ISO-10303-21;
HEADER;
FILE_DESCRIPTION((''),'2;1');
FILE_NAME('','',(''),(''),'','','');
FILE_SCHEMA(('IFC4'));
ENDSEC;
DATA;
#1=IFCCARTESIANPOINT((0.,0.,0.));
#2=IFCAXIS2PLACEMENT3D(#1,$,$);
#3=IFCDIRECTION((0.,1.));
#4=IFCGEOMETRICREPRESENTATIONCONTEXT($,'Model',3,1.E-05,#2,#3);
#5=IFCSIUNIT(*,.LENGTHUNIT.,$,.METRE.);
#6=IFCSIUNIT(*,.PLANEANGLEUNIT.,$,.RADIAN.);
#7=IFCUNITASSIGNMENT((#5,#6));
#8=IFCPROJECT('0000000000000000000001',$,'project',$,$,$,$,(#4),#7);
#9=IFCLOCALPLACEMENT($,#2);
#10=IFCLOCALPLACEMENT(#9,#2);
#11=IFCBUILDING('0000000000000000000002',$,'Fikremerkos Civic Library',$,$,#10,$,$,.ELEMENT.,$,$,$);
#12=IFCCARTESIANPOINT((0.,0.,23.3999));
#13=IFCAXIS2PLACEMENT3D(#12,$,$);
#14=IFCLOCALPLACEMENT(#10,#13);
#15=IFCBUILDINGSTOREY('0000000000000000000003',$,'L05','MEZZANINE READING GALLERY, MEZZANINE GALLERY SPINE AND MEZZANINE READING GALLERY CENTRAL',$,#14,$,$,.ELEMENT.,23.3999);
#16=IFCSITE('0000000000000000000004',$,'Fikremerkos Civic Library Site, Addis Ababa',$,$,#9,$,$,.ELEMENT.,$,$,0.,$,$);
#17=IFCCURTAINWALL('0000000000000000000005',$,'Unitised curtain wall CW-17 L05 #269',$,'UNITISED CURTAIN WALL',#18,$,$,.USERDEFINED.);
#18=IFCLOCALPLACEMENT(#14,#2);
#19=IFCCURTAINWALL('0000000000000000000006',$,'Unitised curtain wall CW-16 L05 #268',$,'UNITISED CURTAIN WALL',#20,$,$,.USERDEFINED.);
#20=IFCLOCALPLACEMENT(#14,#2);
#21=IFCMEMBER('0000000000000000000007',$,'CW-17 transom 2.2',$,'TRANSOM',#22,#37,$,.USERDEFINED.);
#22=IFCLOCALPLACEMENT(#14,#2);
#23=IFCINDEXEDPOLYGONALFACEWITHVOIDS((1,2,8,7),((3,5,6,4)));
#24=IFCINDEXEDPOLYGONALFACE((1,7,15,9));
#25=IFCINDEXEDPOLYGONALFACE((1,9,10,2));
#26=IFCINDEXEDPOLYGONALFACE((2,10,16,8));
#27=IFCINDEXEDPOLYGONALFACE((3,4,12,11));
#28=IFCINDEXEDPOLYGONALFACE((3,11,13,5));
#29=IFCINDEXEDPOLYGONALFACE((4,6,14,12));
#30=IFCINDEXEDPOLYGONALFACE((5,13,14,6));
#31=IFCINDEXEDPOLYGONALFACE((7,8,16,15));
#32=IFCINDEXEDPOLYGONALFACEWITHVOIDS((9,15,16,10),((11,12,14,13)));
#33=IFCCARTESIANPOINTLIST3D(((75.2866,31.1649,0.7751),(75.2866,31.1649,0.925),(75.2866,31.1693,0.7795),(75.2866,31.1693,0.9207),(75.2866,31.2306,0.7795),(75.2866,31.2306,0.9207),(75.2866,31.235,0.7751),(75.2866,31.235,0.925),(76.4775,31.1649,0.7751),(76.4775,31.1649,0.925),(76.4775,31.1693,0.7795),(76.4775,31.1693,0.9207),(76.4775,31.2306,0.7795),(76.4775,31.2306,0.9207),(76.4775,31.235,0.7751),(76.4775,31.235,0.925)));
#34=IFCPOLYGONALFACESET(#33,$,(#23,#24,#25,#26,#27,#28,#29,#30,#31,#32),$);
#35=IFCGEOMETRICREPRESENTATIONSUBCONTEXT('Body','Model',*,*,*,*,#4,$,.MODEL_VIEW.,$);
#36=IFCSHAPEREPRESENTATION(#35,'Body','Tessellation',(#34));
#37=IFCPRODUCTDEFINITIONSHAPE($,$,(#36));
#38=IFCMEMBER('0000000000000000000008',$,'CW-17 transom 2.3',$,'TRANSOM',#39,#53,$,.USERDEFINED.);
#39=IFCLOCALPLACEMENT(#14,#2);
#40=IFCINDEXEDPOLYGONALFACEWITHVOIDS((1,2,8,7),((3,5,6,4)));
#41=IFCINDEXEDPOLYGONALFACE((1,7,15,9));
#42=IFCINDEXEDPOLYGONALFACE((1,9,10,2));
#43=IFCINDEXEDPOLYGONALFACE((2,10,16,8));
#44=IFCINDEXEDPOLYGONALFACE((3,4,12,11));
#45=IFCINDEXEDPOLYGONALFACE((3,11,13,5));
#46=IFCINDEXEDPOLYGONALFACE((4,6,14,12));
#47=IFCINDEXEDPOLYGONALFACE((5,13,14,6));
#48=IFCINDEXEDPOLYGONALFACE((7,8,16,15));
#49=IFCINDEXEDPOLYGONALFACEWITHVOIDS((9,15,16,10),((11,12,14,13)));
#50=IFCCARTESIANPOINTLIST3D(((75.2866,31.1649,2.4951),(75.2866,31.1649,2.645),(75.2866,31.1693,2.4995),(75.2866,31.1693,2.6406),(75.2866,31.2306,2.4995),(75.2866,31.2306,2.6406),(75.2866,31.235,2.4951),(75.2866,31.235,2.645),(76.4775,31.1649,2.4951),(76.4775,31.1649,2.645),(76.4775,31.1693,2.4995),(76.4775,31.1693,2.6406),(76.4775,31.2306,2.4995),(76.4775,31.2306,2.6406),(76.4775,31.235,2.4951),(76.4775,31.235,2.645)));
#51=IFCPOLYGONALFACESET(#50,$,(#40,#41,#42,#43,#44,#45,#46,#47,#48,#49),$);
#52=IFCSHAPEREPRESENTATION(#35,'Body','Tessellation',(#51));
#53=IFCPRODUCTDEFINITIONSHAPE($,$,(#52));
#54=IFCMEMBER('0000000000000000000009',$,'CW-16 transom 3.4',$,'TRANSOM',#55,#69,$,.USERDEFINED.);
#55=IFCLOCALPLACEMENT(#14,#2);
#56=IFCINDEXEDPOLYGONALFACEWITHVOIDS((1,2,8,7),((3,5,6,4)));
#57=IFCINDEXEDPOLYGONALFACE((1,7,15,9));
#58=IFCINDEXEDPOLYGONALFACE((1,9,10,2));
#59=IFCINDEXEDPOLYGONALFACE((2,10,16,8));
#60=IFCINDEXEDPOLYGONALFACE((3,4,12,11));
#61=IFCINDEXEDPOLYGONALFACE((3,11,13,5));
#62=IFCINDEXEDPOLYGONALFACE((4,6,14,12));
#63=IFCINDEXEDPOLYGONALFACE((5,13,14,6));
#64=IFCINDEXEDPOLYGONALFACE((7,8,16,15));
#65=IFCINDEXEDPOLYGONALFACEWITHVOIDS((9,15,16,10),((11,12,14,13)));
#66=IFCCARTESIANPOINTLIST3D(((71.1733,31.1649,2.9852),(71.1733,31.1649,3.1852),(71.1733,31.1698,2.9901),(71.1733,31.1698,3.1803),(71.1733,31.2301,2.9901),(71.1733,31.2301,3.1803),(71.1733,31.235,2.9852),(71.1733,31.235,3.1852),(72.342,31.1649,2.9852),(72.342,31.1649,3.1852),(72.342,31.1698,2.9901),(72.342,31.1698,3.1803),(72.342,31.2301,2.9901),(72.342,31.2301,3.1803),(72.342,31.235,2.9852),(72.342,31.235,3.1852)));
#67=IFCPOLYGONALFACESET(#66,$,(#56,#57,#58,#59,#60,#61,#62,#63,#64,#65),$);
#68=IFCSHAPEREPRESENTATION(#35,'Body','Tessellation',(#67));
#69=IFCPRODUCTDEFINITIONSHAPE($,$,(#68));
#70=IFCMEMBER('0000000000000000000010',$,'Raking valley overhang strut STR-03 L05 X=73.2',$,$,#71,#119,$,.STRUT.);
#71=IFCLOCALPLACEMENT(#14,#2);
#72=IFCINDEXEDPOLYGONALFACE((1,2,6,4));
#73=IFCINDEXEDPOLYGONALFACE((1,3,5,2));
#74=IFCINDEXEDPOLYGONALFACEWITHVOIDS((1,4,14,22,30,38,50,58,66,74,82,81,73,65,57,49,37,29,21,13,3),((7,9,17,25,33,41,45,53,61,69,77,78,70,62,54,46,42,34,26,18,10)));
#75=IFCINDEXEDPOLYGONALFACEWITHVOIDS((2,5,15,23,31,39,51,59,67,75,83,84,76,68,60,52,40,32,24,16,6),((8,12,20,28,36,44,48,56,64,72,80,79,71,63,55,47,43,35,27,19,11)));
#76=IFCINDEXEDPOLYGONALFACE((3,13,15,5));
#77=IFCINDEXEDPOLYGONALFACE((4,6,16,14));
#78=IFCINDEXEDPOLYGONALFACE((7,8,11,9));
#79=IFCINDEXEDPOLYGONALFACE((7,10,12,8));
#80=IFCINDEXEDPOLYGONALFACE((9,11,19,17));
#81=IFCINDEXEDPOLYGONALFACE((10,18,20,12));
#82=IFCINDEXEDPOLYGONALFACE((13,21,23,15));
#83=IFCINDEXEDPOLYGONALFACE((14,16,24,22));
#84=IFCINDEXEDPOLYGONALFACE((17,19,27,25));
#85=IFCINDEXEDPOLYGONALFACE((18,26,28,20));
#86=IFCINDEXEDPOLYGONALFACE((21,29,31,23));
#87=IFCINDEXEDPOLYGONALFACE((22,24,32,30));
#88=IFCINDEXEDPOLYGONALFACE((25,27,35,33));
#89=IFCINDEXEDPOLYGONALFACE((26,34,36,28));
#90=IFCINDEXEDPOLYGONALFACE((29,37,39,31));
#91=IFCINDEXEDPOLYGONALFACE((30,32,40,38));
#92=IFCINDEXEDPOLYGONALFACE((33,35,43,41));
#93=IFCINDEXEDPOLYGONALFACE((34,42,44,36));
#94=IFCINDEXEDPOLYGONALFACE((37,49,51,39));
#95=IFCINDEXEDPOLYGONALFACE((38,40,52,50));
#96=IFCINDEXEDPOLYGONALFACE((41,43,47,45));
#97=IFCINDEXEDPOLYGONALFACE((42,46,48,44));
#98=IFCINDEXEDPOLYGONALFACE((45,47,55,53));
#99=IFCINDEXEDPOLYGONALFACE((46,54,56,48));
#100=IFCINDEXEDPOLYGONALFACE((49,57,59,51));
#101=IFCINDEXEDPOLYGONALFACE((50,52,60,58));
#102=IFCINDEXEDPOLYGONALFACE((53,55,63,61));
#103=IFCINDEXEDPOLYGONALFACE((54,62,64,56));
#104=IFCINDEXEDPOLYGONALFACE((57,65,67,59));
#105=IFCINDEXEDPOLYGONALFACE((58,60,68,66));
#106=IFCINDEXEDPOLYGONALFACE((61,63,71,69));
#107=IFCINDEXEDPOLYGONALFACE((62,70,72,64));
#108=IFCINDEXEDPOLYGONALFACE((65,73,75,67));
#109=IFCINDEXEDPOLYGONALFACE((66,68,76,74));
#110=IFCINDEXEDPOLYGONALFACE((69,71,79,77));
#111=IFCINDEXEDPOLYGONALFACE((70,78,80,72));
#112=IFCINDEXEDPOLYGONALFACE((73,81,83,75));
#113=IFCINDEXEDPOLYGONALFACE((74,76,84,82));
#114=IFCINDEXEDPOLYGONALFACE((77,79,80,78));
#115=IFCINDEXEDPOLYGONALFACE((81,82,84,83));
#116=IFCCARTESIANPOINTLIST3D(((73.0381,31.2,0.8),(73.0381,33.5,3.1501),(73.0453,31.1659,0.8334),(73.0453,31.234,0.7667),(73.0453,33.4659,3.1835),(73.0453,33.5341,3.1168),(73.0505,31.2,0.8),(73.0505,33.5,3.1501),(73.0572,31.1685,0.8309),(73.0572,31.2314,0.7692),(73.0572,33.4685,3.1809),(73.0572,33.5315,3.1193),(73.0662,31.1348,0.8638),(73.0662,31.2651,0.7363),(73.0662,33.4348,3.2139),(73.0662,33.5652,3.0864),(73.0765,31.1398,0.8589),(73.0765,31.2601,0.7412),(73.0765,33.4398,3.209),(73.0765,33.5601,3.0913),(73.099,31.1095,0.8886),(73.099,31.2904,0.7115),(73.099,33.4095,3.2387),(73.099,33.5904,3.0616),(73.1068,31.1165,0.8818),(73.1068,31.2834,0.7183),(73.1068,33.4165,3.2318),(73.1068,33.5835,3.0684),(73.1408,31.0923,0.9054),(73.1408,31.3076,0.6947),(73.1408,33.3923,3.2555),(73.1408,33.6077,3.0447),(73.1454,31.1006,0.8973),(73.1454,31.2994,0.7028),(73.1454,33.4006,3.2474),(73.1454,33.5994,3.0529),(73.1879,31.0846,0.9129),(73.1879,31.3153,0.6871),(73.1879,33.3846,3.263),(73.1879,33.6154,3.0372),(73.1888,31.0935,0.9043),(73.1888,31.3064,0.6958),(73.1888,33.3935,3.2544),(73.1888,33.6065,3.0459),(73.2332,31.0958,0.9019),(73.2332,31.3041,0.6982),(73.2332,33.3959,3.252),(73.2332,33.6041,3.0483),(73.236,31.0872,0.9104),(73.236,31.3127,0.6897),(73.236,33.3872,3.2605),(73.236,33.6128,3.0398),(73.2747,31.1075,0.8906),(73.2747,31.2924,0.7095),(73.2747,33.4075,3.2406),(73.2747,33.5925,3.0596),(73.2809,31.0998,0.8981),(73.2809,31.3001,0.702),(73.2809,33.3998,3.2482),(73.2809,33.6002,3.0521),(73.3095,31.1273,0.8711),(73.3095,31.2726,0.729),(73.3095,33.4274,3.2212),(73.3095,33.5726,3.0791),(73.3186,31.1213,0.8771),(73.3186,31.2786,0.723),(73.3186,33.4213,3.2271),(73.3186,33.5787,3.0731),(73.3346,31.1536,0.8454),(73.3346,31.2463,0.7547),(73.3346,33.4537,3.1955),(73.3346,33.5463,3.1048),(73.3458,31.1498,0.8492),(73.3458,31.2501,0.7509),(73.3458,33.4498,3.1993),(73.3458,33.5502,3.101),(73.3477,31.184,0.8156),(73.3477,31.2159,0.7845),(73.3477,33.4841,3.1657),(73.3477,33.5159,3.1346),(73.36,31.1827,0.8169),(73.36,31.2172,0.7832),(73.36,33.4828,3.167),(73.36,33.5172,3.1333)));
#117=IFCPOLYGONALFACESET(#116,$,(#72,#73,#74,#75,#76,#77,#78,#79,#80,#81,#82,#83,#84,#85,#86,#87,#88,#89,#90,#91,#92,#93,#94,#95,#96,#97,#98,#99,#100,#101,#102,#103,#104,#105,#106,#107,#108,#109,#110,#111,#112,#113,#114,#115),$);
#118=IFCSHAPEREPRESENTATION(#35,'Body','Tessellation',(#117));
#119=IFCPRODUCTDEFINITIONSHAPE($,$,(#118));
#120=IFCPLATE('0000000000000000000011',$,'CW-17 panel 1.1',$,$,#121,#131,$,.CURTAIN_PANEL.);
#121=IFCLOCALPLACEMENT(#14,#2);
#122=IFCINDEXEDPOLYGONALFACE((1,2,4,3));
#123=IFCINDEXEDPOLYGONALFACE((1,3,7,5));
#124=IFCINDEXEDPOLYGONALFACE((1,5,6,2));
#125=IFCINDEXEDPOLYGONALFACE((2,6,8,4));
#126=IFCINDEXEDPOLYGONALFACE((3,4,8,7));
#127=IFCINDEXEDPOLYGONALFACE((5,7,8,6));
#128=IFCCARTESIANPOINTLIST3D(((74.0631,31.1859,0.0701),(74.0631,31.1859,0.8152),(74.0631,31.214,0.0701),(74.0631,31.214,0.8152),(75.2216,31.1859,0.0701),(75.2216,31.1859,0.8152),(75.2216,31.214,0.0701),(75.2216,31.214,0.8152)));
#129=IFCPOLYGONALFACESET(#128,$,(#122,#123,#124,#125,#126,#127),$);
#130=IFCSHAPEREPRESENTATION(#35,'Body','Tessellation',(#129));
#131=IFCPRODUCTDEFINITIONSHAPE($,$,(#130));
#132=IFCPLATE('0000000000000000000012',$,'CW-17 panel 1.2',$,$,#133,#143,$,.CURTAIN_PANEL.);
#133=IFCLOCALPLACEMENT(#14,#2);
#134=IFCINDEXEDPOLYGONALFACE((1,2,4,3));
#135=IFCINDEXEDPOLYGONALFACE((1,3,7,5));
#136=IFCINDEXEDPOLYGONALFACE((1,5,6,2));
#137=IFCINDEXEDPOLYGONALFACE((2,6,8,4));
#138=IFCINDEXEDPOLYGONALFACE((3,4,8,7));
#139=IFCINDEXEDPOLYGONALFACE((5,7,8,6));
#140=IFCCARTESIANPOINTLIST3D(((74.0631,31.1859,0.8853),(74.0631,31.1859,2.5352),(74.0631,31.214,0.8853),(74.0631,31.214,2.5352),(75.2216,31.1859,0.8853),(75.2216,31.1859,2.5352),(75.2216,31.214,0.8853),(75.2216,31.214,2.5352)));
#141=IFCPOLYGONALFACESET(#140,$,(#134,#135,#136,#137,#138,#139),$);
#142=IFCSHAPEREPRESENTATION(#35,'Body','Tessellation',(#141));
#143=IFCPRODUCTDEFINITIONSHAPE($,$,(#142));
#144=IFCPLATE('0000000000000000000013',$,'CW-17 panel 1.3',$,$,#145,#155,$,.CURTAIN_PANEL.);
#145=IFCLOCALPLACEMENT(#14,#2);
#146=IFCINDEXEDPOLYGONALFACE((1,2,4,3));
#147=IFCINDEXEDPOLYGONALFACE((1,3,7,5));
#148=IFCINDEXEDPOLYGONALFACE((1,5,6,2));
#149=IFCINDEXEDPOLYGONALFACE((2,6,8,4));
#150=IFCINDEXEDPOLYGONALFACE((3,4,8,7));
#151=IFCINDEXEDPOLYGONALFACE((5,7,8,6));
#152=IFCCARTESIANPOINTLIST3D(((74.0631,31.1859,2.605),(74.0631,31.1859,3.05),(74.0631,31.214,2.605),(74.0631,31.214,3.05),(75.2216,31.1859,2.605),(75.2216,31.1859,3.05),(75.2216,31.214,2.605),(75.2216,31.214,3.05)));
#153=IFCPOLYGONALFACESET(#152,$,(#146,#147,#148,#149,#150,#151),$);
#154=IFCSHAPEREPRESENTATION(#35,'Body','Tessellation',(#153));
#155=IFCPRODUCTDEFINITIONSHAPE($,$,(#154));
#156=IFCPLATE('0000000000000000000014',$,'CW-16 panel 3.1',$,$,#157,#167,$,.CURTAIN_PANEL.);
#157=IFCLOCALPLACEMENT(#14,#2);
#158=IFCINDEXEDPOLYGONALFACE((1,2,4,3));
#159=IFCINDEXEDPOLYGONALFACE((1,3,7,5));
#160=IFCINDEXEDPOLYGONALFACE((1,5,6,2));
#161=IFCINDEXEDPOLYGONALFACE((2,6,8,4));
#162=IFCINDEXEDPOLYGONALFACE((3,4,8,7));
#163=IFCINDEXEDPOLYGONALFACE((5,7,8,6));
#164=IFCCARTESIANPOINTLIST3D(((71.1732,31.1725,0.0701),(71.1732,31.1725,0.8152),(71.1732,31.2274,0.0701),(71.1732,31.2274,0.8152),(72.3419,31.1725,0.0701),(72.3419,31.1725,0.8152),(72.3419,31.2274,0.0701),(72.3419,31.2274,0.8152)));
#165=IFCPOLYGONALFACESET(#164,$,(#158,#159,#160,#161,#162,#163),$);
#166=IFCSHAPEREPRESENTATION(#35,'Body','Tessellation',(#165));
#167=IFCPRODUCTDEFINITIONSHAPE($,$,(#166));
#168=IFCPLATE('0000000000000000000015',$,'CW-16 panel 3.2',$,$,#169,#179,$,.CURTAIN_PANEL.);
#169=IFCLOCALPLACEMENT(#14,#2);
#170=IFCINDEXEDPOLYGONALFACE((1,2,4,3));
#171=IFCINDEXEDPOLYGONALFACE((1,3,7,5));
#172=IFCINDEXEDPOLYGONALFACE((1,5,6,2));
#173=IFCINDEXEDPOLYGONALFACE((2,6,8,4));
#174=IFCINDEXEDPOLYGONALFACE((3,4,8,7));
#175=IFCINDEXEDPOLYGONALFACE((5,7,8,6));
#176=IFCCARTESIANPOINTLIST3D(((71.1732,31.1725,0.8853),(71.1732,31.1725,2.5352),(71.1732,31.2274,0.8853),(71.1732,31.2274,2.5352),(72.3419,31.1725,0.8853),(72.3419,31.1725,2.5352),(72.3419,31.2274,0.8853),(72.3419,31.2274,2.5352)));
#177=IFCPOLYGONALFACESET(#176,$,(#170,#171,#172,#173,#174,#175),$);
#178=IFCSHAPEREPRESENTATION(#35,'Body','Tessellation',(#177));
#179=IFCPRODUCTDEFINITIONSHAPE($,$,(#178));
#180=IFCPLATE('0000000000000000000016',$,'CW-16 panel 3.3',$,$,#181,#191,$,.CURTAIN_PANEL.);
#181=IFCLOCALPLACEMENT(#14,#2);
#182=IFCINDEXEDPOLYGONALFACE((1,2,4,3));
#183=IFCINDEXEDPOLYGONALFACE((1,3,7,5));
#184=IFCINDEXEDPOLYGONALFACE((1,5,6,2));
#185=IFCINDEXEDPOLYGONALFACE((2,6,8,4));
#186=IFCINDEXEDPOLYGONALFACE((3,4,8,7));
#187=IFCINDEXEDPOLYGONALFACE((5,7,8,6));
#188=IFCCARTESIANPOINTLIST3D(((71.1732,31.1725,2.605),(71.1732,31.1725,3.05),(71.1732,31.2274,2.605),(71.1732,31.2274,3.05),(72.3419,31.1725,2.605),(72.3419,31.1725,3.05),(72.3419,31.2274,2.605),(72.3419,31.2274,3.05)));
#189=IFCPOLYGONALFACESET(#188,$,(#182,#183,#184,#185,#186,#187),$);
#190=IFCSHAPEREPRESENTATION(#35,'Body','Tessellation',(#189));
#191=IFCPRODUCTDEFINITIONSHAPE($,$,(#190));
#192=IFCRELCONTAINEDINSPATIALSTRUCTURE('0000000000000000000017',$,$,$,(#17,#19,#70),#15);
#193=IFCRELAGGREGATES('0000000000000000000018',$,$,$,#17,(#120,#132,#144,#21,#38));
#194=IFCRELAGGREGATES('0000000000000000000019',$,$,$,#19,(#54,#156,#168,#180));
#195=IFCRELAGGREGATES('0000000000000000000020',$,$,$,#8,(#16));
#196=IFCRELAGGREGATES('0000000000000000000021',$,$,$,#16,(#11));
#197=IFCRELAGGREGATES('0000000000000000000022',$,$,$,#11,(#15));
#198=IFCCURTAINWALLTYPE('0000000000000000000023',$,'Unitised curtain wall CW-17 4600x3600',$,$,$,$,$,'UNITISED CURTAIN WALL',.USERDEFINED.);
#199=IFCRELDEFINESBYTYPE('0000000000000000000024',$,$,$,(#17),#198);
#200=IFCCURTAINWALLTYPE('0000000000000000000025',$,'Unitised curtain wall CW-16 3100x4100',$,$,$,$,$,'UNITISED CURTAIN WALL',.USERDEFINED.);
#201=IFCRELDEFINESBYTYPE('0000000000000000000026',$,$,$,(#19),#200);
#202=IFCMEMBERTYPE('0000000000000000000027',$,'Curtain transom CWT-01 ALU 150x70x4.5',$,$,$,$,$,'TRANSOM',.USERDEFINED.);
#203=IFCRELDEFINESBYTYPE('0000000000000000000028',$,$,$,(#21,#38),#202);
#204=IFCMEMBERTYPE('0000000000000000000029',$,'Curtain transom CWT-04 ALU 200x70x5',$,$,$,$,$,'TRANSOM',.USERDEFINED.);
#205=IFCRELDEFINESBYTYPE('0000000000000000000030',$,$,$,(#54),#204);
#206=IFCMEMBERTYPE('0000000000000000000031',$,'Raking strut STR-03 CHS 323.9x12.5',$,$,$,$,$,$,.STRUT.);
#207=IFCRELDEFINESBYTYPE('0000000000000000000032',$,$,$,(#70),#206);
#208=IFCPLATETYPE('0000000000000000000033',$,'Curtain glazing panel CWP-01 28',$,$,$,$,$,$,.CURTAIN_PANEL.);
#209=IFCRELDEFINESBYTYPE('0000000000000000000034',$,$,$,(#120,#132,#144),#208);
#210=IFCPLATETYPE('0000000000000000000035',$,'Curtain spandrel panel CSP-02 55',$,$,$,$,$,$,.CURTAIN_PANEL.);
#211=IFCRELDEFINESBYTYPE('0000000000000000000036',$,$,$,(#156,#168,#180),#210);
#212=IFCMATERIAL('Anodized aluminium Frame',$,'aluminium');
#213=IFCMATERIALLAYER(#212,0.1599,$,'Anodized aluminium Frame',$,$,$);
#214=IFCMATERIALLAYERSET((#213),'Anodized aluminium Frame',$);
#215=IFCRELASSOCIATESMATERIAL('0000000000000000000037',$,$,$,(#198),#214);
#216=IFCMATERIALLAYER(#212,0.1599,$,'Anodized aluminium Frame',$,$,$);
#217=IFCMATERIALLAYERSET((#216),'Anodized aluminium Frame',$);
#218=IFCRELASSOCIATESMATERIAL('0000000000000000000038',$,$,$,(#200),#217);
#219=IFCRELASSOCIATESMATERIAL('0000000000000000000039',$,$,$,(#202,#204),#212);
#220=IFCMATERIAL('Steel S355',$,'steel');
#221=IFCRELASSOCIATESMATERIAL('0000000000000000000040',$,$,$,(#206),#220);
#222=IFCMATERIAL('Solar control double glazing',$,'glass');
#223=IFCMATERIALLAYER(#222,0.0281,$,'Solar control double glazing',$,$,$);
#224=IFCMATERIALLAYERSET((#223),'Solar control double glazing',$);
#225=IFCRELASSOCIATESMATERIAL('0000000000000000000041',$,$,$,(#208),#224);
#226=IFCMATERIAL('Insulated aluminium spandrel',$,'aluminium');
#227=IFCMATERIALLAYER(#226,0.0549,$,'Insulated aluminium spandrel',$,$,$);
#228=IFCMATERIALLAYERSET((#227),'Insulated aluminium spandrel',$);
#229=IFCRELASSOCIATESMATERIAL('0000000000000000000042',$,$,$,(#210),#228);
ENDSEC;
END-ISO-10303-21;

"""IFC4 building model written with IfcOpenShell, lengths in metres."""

from ifc_helpers import new_model, si_unit, direction, frame, origin, origin_2d, place, context, subcontext, project, spatial, rectangle, hollow_rectangle, hollow_circle, extrude, material, layer, layer_set, material_profile, profile_set, type_object, element, aggregate, save


model = new_model("IFC4")

# Units and contexts
model_context = context("Model", 3, precision=1e-05, world=origin(), true_north=direction((0.0, 1.0)))
body_context = subcontext(model_context, "Body", "Model", "MODEL_VIEW")
ifc_project = project(units=[si_unit("LENGTHUNIT", "METRE"), si_unit("PLANEANGLEUNIT", "RADIAN")], contexts=[model_context])

# Site, building, storey
site_placement = place(None, origin())
site = spatial("IfcSite", under=ifc_project, at=site_placement, Name="Fikremerkos Civic Library Site, Addis Ababa", CompositionType="ELEMENT", RefElevation=0.0)
building_placement = place(site_placement, origin())
building = spatial("IfcBuilding", under=site, at=building_placement, Name="Fikremerkos Civic Library", CompositionType="ELEMENT")
storey_placement = place(building_placement, frame((0.0, 0.0, 23.3999)))
storey = spatial("IfcBuildingStorey", under=building, at=storey_placement, Name="L05", Description="MEZZANINE READING GALLERY, MEZZANINE GALLERY SPINE AND MEZZANINE READING GALLERY CENTRAL", CompositionType="ELEMENT", Elevation=23.3999)

# Curtain wall
ifc_material_1 = material(Name="Anodized aluminium Frame", Category="aluminium")
ifc_layer_1 = layer(ifc_material_1, 0.1599, Name="Anodized aluminium Frame")
ifc_layer_set_1 = layer_set([ifc_layer_1], Name="Anodized aluminium Frame")
curtain_wall_type_1 = type_object("IfcCurtainWallType", Name="Unitised curtain wall CW-17 4600x3600", ElementType="UNITISED CURTAIN WALL", PredefinedType="USERDEFINED", material=ifc_layer_set_1)
curtain_wall_1_placement = place(storey_placement, origin())
curtain_wall_1 = element("IfcCurtainWall", 1, at=curtain_wall_1_placement, inside=storey, type_object=curtain_wall_type_1, Name="Unitised curtain wall CW-17 L05 #269", ObjectType="UNITISED CURTAIN WALL", PredefinedType="USERDEFINED")

# Curtain wall
ifc_layer_2 = layer(ifc_material_1, 0.1599, Name="Anodized aluminium Frame")
ifc_layer_set_2 = layer_set([ifc_layer_2], Name="Anodized aluminium Frame")
curtain_wall_type_2 = type_object("IfcCurtainWallType", Name="Unitised curtain wall CW-16 3100x4100", ElementType="UNITISED CURTAIN WALL", PredefinedType="USERDEFINED", material=ifc_layer_set_2)
curtain_wall_2_placement = place(storey_placement, origin())
curtain_wall_2 = element("IfcCurtainWall", 2, at=curtain_wall_2_placement, inside=storey, type_object=curtain_wall_type_2, Name="Unitised curtain wall CW-16 L05 #268", ObjectType="UNITISED CURTAIN WALL", PredefinedType="USERDEFINED")

# Members
ifc_material_profile_1 = material_profile(ifc_material_1, hollow_rectangle(XDim=0.0701, YDim=0.1499, WallThickness=0.0044, at=origin_2d()), Name="ALU 150x70x4.5")
ifc_profile_set_1 = profile_set([ifc_material_profile_1], Name="Anodized aluminium Frame")
member_type_1 = type_object("IfcMemberType", Name="Curtain transom CWT-01 ALU 150x70x4.5", ElementType="TRANSOM", PredefinedType="USERDEFINED", material=ifc_profile_set_1)
member_1_placement = place(storey_placement, frame((75.2866, 31.2, 0.8501), z_axis=(1.0, 0.0, 0.0), x_axis=(0.0, 1.0, 0.0)))
member_1 = element("IfcMember", 3, at=member_1_placement, type_object=member_type_1, Name="CW-17 transom 2.2", ObjectType="TRANSOM", PredefinedType="USERDEFINED", context=body_context, shape_type="SweptSolid", body=[
    extrude(hollow_rectangle(XDim=0.0701, YDim=0.1499, WallThickness=0.0044, at=origin_2d()), origin(), (0.0, 0.0, 1.0), 1.1909),
])
member_2_placement = place(storey_placement, frame((75.2866, 31.2, 2.5701), z_axis=(1.0, 0.0, 0.0), x_axis=(0.0, 1.0, 0.0)))
member_2 = element("IfcMember", 4, at=member_2_placement, type_object=member_type_1, Name="CW-17 transom 2.3", ObjectType="TRANSOM", PredefinedType="USERDEFINED", context=body_context, shape_type="SweptSolid", body=[
    extrude(hollow_rectangle(XDim=0.0701, YDim=0.1499, WallThickness=0.0044, at=origin_2d()), origin(), (0.0, 0.0, 1.0), 1.1909),
])
ifc_material_profile_2 = material_profile(ifc_material_1, hollow_rectangle(XDim=0.0701, YDim=0.2, WallThickness=0.0049, at=origin_2d()), Name="ALU 200x70x5")
ifc_profile_set_2 = profile_set([ifc_material_profile_2], Name="Anodized aluminium Frame")
member_type_2 = type_object("IfcMemberType", Name="Curtain transom CWT-04 ALU 200x70x5", ElementType="TRANSOM", PredefinedType="USERDEFINED", material=ifc_profile_set_2)
member_3_placement = place(storey_placement, frame((71.1733, 31.2, 3.0852), z_axis=(1.0, 0.0, 0.0), x_axis=(0.0, 1.0, 0.0)))
member_3 = element("IfcMember", 5, at=member_3_placement, type_object=member_type_2, Name="CW-16 transom 3.4", ObjectType="TRANSOM", PredefinedType="USERDEFINED", context=body_context, shape_type="SweptSolid", body=[
    extrude(hollow_rectangle(XDim=0.0701, YDim=0.2, WallThickness=0.0049, at=origin_2d()), origin(), (0.0, 0.0, 1.0), 1.1687),
])
ifc_material_2 = material(Name="Steel S355", Category="steel")
ifc_material_profile_3 = material_profile(ifc_material_2, hollow_circle(Radius=0.1619, WallThickness=0.0125, at=origin_2d()), Name="CHS 323.9x12.5")
ifc_profile_set_3 = profile_set([ifc_material_profile_3], Name="Steel S355")
member_type_3 = type_object("IfcMemberType", Name="Raking strut STR-03 CHS 323.9x12.5", PredefinedType="STRUT", material=ifc_profile_set_3)
member_4_placement = place(storey_placement, frame((73.2, 31.2, 0.8), z_axis=(0.0, 0.699456, 0.714676), x_axis=(-1.0, 0.0, 0.0)))
element("IfcMember", 6, at=member_4_placement, inside=storey, type_object=member_type_3, Name="Raking valley overhang strut STR-03 L05 X=73.2", PredefinedType="STRUT", context=body_context, shape_type="SweptSolid", body=[
    extrude(hollow_circle(Radius=0.1619, WallThickness=0.0125, at=origin_2d()), origin(), (0.0, 0.0, 1.0), 3.2883),
])

# Plates
ifc_material_3 = material(Name="Solar control double glazing", Category="glass")
ifc_layer_3 = layer(ifc_material_3, 0.0281, Name="Solar control double glazing")
ifc_layer_set_3 = layer_set([ifc_layer_3], Name="Solar control double glazing")
plate_type_1 = type_object("IfcPlateType", Name="Curtain glazing panel CWP-01 28", PredefinedType="CURTAIN_PANEL", material=ifc_layer_set_3)
plate_1_placement = place(storey_placement, frame((74.6423, 31.2, 0.0701), z_axis=(0.0, 0.0, 1.0), x_axis=(1.0, 0.0, 0.0)))
plate_1 = element("IfcPlate", 7, at=plate_1_placement, type_object=plate_type_1, Name="CW-17 panel 1.1", PredefinedType="CURTAIN_PANEL", context=body_context, shape_type="SweptSolid", body=[
    extrude(rectangle(XDim=1.1584, YDim=0.0281, at=origin_2d()), origin(), (0.0, 0.0, 1.0), 0.7451),
])
plate_2_placement = place(storey_placement, frame((74.6423, 31.2, 0.8853), z_axis=(0.0, 0.0, 1.0), x_axis=(1.0, 0.0, 0.0)))
plate_2 = element("IfcPlate", 8, at=plate_2_placement, type_object=plate_type_1, Name="CW-17 panel 1.2", PredefinedType="CURTAIN_PANEL", context=body_context, shape_type="SweptSolid", body=[
    extrude(rectangle(XDim=1.1584, YDim=0.0281, at=origin_2d()), origin(), (0.0, 0.0, 1.0), 1.6499),
])
plate_3_placement = place(storey_placement, frame((74.6423, 31.2, 2.605), z_axis=(0.0, 0.0, 1.0), x_axis=(1.0, 0.0, 0.0)))
plate_3 = element("IfcPlate", 9, at=plate_3_placement, type_object=plate_type_1, Name="CW-17 panel 1.3", PredefinedType="CURTAIN_PANEL", context=body_context, shape_type="SweptSolid", body=[
    extrude(rectangle(XDim=1.1584, YDim=0.0281, at=origin_2d()), origin(), (0.0, 0.0, 1.0), 0.4451),
])
aggregate(curtain_wall_1, [plate_1, plate_2, plate_3, member_1, member_2])
ifc_material_4 = material(Name="Insulated aluminium spandrel", Category="aluminium")
ifc_layer_4 = layer(ifc_material_4, 0.0549, Name="Insulated aluminium spandrel")
ifc_layer_set_4 = layer_set([ifc_layer_4], Name="Insulated aluminium spandrel")
plate_type_2 = type_object("IfcPlateType", Name="Curtain spandrel panel CSP-02 55", PredefinedType="CURTAIN_PANEL", material=ifc_layer_set_4)
plate_4_placement = place(storey_placement, frame((71.7576, 31.2, 0.0701), z_axis=(0.0, 0.0, 1.0), x_axis=(1.0, 0.0, 0.0)))
plate_4 = element("IfcPlate", 10, at=plate_4_placement, type_object=plate_type_2, Name="CW-16 panel 3.1", PredefinedType="CURTAIN_PANEL", context=body_context, shape_type="SweptSolid", body=[
    extrude(rectangle(XDim=1.1687, YDim=0.0549, at=origin_2d()), origin(), (0.0, 0.0, 1.0), 0.7451),
])
plate_5_placement = place(storey_placement, frame((71.7576, 31.2, 0.8853), z_axis=(0.0, 0.0, 1.0), x_axis=(1.0, 0.0, 0.0)))
plate_5 = element("IfcPlate", 11, at=plate_5_placement, type_object=plate_type_2, Name="CW-16 panel 3.2", PredefinedType="CURTAIN_PANEL", context=body_context, shape_type="SweptSolid", body=[
    extrude(rectangle(XDim=1.1687, YDim=0.0549, at=origin_2d()), origin(), (0.0, 0.0, 1.0), 1.6499),
])
plate_6_placement = place(storey_placement, frame((71.7576, 31.2, 2.605), z_axis=(0.0, 0.0, 1.0), x_axis=(1.0, 0.0, 0.0)))
plate_6 = element("IfcPlate", 12, at=plate_6_placement, type_object=plate_type_2, Name="CW-16 panel 3.3", PredefinedType="CURTAIN_PANEL", context=body_context, shape_type="SweptSolid", body=[
    extrude(rectangle(XDim=1.1687, YDim=0.0549, at=origin_2d()), origin(), (0.0, 0.0, 1.0), 0.4451),
])
aggregate(curtain_wall_2, [member_3, plate_4, plate_5, plate_6])

save(model, "model.ifc")
